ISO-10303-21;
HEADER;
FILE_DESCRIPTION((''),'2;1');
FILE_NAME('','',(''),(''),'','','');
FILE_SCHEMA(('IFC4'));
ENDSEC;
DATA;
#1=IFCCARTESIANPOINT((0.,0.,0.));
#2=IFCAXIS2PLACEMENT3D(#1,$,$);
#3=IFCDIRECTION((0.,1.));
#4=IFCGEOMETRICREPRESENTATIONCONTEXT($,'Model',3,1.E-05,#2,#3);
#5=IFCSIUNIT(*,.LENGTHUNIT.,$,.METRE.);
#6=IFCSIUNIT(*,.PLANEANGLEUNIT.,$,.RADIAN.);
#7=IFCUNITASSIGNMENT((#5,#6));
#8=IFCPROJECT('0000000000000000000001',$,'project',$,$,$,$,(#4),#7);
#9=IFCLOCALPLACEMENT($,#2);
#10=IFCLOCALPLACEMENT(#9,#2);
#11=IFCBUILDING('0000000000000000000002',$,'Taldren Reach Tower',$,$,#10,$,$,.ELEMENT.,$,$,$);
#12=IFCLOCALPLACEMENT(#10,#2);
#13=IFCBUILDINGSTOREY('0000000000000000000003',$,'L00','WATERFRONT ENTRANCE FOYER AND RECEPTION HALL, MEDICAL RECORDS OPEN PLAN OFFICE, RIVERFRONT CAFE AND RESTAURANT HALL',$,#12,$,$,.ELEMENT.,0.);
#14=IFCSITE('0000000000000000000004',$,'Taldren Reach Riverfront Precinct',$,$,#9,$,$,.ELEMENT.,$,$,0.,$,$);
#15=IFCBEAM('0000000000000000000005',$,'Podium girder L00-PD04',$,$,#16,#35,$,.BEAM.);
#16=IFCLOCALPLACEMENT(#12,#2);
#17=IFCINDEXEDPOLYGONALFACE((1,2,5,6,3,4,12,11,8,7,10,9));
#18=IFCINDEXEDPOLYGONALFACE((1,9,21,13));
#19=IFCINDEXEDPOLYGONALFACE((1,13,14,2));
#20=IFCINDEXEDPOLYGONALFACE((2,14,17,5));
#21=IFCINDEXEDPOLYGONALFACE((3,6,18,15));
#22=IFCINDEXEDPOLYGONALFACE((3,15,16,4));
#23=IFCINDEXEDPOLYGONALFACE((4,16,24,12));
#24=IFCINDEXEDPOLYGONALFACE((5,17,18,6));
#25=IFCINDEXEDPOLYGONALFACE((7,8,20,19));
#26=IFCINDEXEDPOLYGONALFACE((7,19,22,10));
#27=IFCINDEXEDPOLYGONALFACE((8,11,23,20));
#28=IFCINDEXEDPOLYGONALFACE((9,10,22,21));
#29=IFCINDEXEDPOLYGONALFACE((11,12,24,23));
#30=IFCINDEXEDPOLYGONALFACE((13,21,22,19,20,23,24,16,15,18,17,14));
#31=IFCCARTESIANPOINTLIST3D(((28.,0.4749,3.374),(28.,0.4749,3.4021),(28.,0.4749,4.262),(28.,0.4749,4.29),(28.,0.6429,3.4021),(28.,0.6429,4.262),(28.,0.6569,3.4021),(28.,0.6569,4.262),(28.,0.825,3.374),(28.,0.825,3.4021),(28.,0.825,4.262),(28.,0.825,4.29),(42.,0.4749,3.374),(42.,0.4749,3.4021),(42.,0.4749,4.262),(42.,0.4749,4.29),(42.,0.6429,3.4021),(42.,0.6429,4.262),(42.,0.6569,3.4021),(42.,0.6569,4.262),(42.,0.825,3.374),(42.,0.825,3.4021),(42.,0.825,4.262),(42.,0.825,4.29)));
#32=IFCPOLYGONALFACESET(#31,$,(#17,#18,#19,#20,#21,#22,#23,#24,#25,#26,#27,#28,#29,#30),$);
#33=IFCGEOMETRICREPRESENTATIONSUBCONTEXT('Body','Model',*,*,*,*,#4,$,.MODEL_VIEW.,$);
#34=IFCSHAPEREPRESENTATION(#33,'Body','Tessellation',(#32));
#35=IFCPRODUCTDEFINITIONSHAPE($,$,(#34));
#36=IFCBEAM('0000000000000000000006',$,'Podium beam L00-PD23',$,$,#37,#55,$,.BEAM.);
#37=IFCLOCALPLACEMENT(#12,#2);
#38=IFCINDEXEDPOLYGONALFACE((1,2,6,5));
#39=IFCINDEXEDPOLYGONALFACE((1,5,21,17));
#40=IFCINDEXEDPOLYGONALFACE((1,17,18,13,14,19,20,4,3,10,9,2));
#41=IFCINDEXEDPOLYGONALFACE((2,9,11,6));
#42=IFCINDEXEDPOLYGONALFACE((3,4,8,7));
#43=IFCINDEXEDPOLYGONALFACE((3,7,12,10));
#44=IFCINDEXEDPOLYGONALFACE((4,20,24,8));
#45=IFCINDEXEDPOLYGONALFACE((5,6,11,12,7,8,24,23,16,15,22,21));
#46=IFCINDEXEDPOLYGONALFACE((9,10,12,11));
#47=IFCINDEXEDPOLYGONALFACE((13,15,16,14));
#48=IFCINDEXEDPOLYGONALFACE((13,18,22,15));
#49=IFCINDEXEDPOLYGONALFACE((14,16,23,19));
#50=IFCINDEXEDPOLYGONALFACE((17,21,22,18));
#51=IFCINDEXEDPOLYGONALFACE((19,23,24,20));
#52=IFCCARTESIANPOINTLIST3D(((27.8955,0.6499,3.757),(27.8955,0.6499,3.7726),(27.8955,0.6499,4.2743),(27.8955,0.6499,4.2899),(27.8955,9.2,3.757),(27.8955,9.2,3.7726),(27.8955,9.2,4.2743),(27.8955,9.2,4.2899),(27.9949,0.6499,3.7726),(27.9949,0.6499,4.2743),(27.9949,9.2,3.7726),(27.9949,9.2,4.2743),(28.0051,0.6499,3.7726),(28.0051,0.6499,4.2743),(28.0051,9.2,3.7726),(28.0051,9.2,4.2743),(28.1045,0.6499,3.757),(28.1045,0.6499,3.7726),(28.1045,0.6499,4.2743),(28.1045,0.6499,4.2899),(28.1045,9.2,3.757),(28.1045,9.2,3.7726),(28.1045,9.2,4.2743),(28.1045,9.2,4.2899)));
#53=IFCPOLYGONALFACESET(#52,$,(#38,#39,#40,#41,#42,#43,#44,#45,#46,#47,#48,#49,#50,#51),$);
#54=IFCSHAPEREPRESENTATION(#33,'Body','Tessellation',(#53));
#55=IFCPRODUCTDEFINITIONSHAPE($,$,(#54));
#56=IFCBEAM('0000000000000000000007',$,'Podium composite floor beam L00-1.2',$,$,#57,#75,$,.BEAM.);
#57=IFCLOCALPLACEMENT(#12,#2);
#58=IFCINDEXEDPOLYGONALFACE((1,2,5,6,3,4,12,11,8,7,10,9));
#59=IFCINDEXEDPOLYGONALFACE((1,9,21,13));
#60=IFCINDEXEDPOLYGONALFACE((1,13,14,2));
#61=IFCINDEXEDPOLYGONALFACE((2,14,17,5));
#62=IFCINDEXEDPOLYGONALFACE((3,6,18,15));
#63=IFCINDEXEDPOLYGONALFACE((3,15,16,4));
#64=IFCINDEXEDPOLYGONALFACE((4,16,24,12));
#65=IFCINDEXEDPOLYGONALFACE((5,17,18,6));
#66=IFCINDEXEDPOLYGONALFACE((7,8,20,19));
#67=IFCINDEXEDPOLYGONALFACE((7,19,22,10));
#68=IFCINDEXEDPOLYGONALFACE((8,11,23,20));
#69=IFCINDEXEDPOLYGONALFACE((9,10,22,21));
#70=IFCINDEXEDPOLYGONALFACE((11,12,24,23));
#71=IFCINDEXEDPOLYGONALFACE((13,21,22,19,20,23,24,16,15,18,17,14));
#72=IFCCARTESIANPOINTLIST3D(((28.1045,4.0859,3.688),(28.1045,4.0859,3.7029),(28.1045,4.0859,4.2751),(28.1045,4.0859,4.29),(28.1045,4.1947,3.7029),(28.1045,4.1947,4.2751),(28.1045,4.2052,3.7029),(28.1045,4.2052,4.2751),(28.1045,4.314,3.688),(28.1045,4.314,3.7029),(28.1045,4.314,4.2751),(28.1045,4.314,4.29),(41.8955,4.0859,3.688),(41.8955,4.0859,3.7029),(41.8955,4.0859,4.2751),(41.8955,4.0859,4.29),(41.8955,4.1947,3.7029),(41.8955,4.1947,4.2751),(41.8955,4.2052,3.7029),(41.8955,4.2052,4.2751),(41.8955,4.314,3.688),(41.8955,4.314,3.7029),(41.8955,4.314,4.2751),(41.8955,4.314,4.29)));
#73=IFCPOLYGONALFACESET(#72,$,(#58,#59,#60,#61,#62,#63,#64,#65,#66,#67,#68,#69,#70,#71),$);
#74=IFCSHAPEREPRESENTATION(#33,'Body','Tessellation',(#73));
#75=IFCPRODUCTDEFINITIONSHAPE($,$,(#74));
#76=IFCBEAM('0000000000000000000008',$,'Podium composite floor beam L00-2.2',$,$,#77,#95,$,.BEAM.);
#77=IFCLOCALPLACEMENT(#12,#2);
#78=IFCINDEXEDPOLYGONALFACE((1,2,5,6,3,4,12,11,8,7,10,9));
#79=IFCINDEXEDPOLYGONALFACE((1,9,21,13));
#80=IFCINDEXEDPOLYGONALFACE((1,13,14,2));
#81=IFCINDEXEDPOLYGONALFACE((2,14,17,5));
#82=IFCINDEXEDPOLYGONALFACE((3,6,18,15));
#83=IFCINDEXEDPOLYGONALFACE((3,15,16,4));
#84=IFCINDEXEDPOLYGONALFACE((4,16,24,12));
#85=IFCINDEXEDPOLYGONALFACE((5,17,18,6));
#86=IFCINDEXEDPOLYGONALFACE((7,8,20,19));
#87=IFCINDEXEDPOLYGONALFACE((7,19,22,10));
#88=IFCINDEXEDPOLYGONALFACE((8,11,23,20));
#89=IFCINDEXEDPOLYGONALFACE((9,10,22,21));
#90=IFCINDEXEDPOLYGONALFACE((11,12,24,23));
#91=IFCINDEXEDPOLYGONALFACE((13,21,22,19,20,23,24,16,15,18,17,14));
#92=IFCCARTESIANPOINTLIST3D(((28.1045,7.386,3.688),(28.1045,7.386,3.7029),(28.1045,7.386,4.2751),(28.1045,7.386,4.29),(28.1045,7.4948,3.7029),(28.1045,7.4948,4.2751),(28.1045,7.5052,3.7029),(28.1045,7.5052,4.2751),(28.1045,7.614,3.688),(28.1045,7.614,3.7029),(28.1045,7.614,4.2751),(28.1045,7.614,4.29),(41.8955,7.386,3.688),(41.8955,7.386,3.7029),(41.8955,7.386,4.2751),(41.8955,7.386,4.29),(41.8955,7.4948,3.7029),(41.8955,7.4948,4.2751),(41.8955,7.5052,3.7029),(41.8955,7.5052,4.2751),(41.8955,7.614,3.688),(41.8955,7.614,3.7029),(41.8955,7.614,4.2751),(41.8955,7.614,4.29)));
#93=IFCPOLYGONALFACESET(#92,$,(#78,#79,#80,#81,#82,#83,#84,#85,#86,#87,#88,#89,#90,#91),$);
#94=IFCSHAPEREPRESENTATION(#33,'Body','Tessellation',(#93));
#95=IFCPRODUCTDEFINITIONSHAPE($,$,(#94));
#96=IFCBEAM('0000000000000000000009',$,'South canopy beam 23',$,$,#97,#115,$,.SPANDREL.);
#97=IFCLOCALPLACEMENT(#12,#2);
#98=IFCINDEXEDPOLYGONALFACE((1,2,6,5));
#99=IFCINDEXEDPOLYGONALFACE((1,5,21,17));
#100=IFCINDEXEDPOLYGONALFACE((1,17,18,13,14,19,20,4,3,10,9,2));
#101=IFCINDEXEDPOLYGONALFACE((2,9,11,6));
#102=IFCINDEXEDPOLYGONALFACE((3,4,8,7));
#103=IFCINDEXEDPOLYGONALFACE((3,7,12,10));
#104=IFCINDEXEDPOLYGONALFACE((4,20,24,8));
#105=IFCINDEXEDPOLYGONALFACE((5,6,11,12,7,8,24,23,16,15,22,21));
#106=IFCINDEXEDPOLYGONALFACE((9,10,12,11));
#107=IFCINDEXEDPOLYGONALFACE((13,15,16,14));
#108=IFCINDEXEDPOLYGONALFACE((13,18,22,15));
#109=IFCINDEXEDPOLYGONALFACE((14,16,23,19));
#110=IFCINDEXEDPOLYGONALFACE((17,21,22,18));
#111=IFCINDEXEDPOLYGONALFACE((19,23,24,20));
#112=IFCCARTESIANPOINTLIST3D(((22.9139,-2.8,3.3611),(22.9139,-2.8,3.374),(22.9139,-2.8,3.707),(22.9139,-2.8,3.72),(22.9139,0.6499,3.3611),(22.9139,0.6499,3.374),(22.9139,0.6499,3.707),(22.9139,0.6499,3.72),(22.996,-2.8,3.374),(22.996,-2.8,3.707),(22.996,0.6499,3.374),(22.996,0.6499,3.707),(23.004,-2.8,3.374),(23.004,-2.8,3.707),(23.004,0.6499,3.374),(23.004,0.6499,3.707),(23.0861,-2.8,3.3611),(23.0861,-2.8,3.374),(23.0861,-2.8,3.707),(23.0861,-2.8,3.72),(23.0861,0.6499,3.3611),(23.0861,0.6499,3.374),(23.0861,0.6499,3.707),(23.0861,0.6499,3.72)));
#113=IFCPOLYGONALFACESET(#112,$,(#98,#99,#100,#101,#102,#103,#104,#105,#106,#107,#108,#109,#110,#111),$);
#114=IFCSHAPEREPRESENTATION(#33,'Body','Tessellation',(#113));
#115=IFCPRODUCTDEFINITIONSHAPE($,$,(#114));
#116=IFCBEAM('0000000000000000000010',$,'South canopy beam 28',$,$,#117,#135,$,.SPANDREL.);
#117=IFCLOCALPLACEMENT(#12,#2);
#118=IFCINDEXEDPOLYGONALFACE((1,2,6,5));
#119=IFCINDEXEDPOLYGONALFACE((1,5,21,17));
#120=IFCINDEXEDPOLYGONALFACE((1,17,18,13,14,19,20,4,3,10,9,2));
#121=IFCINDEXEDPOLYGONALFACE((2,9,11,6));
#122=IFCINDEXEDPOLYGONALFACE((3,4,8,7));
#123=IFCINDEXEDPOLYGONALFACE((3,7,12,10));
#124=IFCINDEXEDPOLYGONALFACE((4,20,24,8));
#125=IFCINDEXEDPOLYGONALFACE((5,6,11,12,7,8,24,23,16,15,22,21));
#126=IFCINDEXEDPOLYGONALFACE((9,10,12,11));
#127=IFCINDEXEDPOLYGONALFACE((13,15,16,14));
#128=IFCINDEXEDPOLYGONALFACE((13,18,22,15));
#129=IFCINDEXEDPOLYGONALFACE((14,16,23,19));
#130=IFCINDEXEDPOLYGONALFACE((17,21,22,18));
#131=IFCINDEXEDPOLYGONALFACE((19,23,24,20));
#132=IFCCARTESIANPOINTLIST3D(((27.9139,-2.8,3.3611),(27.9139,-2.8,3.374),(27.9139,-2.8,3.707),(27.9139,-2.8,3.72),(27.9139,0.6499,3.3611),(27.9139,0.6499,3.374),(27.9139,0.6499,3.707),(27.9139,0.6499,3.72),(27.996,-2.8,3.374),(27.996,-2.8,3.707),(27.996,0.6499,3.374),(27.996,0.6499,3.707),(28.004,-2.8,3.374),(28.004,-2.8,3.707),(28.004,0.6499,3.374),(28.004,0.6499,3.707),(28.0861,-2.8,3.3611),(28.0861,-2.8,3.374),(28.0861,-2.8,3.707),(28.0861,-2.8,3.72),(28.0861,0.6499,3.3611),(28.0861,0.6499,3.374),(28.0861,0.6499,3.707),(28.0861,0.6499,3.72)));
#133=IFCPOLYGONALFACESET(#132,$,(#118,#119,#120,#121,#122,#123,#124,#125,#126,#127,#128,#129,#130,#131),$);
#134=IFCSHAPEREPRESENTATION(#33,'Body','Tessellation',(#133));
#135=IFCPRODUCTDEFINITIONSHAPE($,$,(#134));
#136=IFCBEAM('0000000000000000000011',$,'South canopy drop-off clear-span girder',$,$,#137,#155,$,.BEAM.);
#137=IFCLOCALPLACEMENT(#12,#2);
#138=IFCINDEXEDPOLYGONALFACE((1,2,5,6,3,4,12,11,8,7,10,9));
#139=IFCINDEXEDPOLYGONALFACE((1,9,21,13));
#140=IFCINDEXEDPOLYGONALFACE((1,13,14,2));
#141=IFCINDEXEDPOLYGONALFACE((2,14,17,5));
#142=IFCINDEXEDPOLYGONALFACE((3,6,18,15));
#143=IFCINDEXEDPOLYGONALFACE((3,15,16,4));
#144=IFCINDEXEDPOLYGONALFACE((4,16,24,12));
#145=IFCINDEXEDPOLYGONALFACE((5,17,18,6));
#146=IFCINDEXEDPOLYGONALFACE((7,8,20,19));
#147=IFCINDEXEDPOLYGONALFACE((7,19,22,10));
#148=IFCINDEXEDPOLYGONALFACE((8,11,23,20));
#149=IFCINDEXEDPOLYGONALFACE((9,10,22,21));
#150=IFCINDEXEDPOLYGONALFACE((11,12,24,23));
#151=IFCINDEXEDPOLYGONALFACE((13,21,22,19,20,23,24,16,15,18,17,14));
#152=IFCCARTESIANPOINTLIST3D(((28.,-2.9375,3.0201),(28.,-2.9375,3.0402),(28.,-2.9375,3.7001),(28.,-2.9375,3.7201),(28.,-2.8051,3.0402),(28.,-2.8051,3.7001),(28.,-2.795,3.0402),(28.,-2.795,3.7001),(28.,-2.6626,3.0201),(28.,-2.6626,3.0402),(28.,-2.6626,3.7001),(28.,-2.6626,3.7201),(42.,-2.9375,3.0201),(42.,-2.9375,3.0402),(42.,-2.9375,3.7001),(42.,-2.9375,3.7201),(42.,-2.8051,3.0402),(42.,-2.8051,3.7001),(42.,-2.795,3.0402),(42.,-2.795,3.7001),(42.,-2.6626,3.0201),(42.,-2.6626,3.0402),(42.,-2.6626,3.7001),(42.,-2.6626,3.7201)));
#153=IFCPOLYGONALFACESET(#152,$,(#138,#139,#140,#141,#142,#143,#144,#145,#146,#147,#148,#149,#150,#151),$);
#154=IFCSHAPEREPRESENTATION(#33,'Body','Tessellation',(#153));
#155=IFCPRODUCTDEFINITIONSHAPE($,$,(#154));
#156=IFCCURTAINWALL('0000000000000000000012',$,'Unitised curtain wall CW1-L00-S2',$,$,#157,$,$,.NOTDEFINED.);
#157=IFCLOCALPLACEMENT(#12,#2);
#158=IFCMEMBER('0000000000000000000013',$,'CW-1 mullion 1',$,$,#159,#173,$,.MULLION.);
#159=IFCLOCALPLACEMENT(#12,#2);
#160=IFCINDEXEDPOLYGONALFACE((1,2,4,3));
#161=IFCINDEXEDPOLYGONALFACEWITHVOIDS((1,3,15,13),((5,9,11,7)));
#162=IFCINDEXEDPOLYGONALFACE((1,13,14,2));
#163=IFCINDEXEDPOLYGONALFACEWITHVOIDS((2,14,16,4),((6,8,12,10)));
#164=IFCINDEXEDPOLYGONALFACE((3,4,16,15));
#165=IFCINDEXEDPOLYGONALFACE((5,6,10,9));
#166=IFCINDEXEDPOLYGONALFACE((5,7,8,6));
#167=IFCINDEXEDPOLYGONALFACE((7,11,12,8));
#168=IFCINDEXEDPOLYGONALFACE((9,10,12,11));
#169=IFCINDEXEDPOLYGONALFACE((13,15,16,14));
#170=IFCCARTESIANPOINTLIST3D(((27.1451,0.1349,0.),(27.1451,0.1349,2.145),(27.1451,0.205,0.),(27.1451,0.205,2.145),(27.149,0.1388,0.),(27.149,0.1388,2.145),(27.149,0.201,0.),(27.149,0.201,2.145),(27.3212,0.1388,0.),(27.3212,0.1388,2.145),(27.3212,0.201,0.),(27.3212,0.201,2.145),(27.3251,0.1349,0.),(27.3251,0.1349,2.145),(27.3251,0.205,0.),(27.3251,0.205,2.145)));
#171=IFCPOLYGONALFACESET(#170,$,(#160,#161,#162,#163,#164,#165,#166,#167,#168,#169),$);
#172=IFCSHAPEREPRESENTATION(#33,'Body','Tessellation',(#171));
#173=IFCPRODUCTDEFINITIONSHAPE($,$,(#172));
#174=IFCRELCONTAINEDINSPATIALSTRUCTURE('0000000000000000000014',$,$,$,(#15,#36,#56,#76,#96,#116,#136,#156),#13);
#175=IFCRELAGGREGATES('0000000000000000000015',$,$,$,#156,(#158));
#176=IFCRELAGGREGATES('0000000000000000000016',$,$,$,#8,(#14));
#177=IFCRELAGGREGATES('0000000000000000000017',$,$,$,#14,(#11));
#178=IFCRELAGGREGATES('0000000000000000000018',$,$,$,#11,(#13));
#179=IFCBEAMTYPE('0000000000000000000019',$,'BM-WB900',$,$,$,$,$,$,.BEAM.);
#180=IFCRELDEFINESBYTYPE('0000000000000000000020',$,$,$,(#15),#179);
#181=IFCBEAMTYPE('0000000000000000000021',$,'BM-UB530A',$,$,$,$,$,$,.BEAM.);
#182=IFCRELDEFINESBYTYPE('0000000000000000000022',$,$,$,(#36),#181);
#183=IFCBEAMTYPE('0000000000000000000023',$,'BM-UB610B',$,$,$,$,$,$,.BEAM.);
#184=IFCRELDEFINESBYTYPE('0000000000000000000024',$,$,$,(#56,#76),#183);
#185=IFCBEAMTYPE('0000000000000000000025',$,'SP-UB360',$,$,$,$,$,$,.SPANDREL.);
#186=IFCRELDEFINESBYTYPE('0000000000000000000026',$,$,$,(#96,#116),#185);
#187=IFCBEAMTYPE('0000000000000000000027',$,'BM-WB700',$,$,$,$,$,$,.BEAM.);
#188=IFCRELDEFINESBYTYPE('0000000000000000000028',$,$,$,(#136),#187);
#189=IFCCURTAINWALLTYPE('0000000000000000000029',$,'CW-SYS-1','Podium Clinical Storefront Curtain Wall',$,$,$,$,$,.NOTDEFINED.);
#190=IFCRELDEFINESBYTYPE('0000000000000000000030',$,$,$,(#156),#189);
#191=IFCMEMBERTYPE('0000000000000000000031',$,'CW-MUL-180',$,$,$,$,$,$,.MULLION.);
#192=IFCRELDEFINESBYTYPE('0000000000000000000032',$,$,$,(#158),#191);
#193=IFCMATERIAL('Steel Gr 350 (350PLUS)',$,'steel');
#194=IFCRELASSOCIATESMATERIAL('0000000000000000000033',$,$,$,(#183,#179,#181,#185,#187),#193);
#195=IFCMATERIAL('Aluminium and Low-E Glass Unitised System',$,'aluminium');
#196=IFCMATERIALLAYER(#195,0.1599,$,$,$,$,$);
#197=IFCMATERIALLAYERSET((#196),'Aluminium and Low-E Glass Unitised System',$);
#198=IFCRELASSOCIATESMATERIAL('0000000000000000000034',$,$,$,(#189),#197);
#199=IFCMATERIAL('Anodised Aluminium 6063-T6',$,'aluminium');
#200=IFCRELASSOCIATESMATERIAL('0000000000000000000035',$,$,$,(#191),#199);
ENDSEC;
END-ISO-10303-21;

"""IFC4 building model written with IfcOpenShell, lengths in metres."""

from ifc_helpers import new_model, si_unit, direction, frame, origin, origin_2d, place, context, subcontext, project, spatial, hollow_rectangle, i_section, extrude, source, transform, mapped, material, layer, layer_set, material_profile, profile_set, type_object, element, aggregate, save


model = new_model("IFC4")

# Units and contexts
model_context = context("Model", 3, precision=1e-05, world=origin(), true_north=direction((0.0, 1.0)))
body_context = subcontext(model_context, "Body", "Model", "MODEL_VIEW")
ifc_project = project(units=[si_unit("LENGTHUNIT", "METRE"), si_unit("PLANEANGLEUNIT", "RADIAN")], contexts=[model_context])

# Site, building, storey
site_placement = place(None, origin())
site = spatial("IfcSite", under=ifc_project, at=site_placement, Name="Taldren Reach Riverfront Precinct", CompositionType="ELEMENT", RefElevation=0.0)
building_placement = place(site_placement, origin())
building = spatial("IfcBuilding", under=site, at=building_placement, Name="Taldren Reach Tower", CompositionType="ELEMENT")
storey_placement = place(building_placement, origin())
storey = spatial("IfcBuildingStorey", under=building, at=storey_placement, Name="L00", Description="WATERFRONT ENTRANCE FOYER AND RECEPTION HALL, MEDICAL RECORDS OPEN PLAN OFFICE, RIVERFRONT CAFE AND RESTAURANT HALL", CompositionType="ELEMENT", Elevation=0.0)

# Shared definitions
ifc_material_1 = material(Name="Steel Gr 350 (350PLUS)", Category="steel")

# Beams
ifc_material_profile_1 = material_profile(ifc_material_1, i_section(OverallWidth=0.228, OverallDepth=0.6021, WebThickness=0.0105, FlangeThickness=0.0149, at=origin_2d()), Name="610UB101")
ifc_profile_set_1 = profile_set([ifc_material_profile_1], Name="Steel Gr 350 (350PLUS)")
beam_type_1 = type_object("IfcBeamType", Name="BM-UB610B", PredefinedType="BEAM", material=ifc_profile_set_1)
ifc_material_profile_2 = material_profile(ifc_material_1, i_section(OverallWidth=0.3501, OverallDepth=0.916, WebThickness=0.0139, FlangeThickness=0.0281, at=origin_2d()), Name="900WB257")
ifc_profile_set_2 = profile_set([ifc_material_profile_2], Name="Steel Gr 350 (350PLUS)")
beam_type_2 = type_object("IfcBeamType", Name="BM-WB900", PredefinedType="BEAM", material=ifc_profile_set_2)
shared_shape_1 = source(origin(), body_context, "Body", "SweptSolid", [
    extrude(i_section(OverallWidth=0.3501, OverallDepth=0.916, WebThickness=0.0139, FlangeThickness=0.0281, at=origin_2d()), origin(), (0.0, 0.0, 1.0), 14.0),
])
beam_1_placement = place(storey_placement, frame((28.0, 0.6499, 3.832), z_axis=(1.0, 0.0, 0.0), x_axis=(0.0, 1.0, 0.0)))
element("IfcBeam", 1, at=beam_1_placement, inside=storey, type_object=beam_type_2, Name="Podium girder L00-PD04", PredefinedType="BEAM", context=body_context, shape_type="MappedRepresentation", body=[
    mapped(shared_shape_1, transform((0.0, 0.0, 0.0), scale=1.0)),
])
ifc_material_profile_3 = material_profile(ifc_material_1, i_section(OverallWidth=0.209, OverallDepth=0.533, WebThickness=0.0103, FlangeThickness=0.0156, at=origin_2d()), Name="530UB92.4")
ifc_profile_set_3 = profile_set([ifc_material_profile_3], Name="Steel Gr 350 (350PLUS)")
beam_type_3 = type_object("IfcBeamType", Name="BM-UB530A", PredefinedType="BEAM", material=ifc_profile_set_3)
shared_shape_2 = source(origin(), body_context, "Body", "SweptSolid", [
    extrude(i_section(OverallWidth=0.209, OverallDepth=0.533, WebThickness=0.0103, FlangeThickness=0.0156, at=origin_2d()), origin(), (0.0, 0.0, 1.0), 8.55),
])
beam_2_placement = place(storey_placement, frame((28.0, 0.6499, 4.0234), z_axis=(0.0, 1.0, 0.0), x_axis=(-1.0, 0.0, 0.0)))
element("IfcBeam", 2, at=beam_2_placement, inside=storey, type_object=beam_type_3, Name="Podium beam L00-PD23", PredefinedType="BEAM", context=body_context, shape_type="MappedRepresentation", body=[
    mapped(shared_shape_2, transform((0.0, 0.0, 0.0), scale=1.0)),
])
shared_shape_3 = source(origin(), body_context, "Body", "SweptSolid", [
    extrude(i_section(OverallWidth=0.228, OverallDepth=0.6021, WebThickness=0.0105, FlangeThickness=0.0149, at=origin_2d()), origin(), (0.0, 0.0, 1.0), 13.791),
])
for number, where, z_axis, x_axis, name in (
    (3, (28.1045, 4.2, 3.989), (1.0, 0.0, 0.0), (0.0, 1.0, 0.0), "Podium composite floor beam L00-1.2"),
    (4, (28.1045, 7.5, 3.989), (1.0, 0.0, 0.0), (0.0, 1.0, 0.0), "Podium composite floor beam L00-2.2"),
):
    element("IfcBeam", number, at=place(storey_placement, frame(where, z_axis=z_axis, x_axis=x_axis)), inside=storey, type_object=beam_type_1, Name=name, PredefinedType="BEAM", context=body_context, shape_type="MappedRepresentation", body=[
        mapped(shared_shape_3, transform((0.0, 0.0, 0.0), scale=1.0)),
    ])
ifc_material_profile_4 = material_profile(ifc_material_1, i_section(OverallWidth=0.1721, OverallDepth=0.3589, WebThickness=0.0081, FlangeThickness=0.0129, at=origin_2d()), Name="360UB56.7")
ifc_profile_set_4 = profile_set([ifc_material_profile_4], Name="Steel Gr 350 (350PLUS)")
beam_type_4 = type_object("IfcBeamType", Name="SP-UB360", PredefinedType="SPANDREL", material=ifc_profile_set_4)
shared_shape_4 = source(origin(), body_context, "Body", "SweptSolid", [
    extrude(i_section(OverallWidth=0.1721, OverallDepth=0.3589, WebThickness=0.0081, FlangeThickness=0.0129, at=origin_2d()), origin(), (0.0, 0.0, 1.0), 3.45),
])
for number, where, z_axis, x_axis, name in (
    (5, (23.0, 0.6499, 3.5405), (0.0, -1.0, 0.0), (1.0, 0.0, 0.0), "South canopy beam 23"),
    (6, (28.0, 0.6499, 3.5405), (0.0, -1.0, 0.0), (1.0, 0.0, 0.0), "South canopy beam 28"),
):
    element("IfcBeam", number, at=place(storey_placement, frame(where, z_axis=z_axis, x_axis=x_axis)), inside=storey, type_object=beam_type_4, Name=name, PredefinedType="SPANDREL", context=body_context, shape_type="MappedRepresentation", body=[
        mapped(shared_shape_4, transform((0.0, 0.0, 0.0), scale=1.0)),
    ])
ifc_material_profile_5 = material_profile(ifc_material_1, i_section(OverallWidth=0.2749, OverallDepth=0.7, WebThickness=0.01, FlangeThickness=0.02, at=origin_2d()), Name="700WB150")
ifc_profile_set_5 = profile_set([ifc_material_profile_5], Name="Steel Gr 350 (350PLUS)")
beam_type_5 = type_object("IfcBeamType", Name="BM-WB700", PredefinedType="BEAM", material=ifc_profile_set_5)
shared_shape_5 = source(origin(), body_context, "Body", "SweptSolid", [
    extrude(i_section(OverallWidth=0.2749, OverallDepth=0.7, WebThickness=0.01, FlangeThickness=0.02, at=origin_2d()), origin(), (0.0, 0.0, 1.0), 14.0),
])
beam_3_placement = place(storey_placement, frame((28.0, -2.8, 3.3701), z_axis=(1.0, 0.0, 0.0), x_axis=(0.0, 1.0, 0.0)))
element("IfcBeam", 7, at=beam_3_placement, inside=storey, type_object=beam_type_5, Name="South canopy drop-off clear-span girder", PredefinedType="BEAM", context=body_context, shape_type="MappedRepresentation", body=[
    mapped(shared_shape_5, transform((0.0, 0.0, 0.0), scale=1.0)),
])

# Curtain wall, member
ifc_material_2 = material(Name="Aluminium and Low-E Glass Unitised System", Category="aluminium")
ifc_layer_1 = layer(ifc_material_2, 0.1599)
ifc_layer_set_1 = layer_set([ifc_layer_1], Name="Aluminium and Low-E Glass Unitised System")
curtain_wall_type = type_object("IfcCurtainWallType", Name="CW-SYS-1", Description="Podium Clinical Storefront Curtain Wall", PredefinedType="NOTDEFINED", material=ifc_layer_set_1)
curtain_wall_1_placement = place(storey_placement, origin())
curtain_wall_1 = element("IfcCurtainWall", 8, at=curtain_wall_1_placement, inside=storey, type_object=curtain_wall_type, Name="Unitised curtain wall CW1-L00-S2", PredefinedType="NOTDEFINED")
ifc_material_3 = material(Name="Anodised Aluminium 6063-T6", Category="aluminium")
ifc_material_profile_6 = material_profile(ifc_material_3, hollow_rectangle(XDim=0.0701, YDim=0.1799, WallThickness=0.0039, at=origin_2d()), Name="ALU-180x70x4RHS")
ifc_profile_set_6 = profile_set([ifc_material_profile_6], Name="Anodised Aluminium 6063-T6")
member_type_1 = type_object("IfcMemberType", Name="CW-MUL-180", PredefinedType="MULLION", material=ifc_profile_set_6)
shared_shape_6 = source(origin(), body_context, "Body", "SweptSolid", [
    extrude(hollow_rectangle(XDim=0.0701, YDim=0.1799, WallThickness=0.0039, at=origin_2d()), origin(), (0.0, 0.0, 1.0), 2.145),
])
member_1_placement = place(storey_placement, frame((27.2351, 0.1699, 0.0), z_axis=(0.0, 0.0, 1.0), x_axis=(0.0, 1.0, 0.0)))
member_1 = element("IfcMember", 9, at=member_1_placement, type_object=member_type_1, Name="CW-1 mullion 1", PredefinedType="MULLION", context=body_context, shape_type="MappedRepresentation", body=[
    mapped(shared_shape_6, transform((0.0, 0.0, 0.0), scale=1.0)),
])

aggregate(curtain_wall_1, [member_1])

save(model, "model.ifc")
